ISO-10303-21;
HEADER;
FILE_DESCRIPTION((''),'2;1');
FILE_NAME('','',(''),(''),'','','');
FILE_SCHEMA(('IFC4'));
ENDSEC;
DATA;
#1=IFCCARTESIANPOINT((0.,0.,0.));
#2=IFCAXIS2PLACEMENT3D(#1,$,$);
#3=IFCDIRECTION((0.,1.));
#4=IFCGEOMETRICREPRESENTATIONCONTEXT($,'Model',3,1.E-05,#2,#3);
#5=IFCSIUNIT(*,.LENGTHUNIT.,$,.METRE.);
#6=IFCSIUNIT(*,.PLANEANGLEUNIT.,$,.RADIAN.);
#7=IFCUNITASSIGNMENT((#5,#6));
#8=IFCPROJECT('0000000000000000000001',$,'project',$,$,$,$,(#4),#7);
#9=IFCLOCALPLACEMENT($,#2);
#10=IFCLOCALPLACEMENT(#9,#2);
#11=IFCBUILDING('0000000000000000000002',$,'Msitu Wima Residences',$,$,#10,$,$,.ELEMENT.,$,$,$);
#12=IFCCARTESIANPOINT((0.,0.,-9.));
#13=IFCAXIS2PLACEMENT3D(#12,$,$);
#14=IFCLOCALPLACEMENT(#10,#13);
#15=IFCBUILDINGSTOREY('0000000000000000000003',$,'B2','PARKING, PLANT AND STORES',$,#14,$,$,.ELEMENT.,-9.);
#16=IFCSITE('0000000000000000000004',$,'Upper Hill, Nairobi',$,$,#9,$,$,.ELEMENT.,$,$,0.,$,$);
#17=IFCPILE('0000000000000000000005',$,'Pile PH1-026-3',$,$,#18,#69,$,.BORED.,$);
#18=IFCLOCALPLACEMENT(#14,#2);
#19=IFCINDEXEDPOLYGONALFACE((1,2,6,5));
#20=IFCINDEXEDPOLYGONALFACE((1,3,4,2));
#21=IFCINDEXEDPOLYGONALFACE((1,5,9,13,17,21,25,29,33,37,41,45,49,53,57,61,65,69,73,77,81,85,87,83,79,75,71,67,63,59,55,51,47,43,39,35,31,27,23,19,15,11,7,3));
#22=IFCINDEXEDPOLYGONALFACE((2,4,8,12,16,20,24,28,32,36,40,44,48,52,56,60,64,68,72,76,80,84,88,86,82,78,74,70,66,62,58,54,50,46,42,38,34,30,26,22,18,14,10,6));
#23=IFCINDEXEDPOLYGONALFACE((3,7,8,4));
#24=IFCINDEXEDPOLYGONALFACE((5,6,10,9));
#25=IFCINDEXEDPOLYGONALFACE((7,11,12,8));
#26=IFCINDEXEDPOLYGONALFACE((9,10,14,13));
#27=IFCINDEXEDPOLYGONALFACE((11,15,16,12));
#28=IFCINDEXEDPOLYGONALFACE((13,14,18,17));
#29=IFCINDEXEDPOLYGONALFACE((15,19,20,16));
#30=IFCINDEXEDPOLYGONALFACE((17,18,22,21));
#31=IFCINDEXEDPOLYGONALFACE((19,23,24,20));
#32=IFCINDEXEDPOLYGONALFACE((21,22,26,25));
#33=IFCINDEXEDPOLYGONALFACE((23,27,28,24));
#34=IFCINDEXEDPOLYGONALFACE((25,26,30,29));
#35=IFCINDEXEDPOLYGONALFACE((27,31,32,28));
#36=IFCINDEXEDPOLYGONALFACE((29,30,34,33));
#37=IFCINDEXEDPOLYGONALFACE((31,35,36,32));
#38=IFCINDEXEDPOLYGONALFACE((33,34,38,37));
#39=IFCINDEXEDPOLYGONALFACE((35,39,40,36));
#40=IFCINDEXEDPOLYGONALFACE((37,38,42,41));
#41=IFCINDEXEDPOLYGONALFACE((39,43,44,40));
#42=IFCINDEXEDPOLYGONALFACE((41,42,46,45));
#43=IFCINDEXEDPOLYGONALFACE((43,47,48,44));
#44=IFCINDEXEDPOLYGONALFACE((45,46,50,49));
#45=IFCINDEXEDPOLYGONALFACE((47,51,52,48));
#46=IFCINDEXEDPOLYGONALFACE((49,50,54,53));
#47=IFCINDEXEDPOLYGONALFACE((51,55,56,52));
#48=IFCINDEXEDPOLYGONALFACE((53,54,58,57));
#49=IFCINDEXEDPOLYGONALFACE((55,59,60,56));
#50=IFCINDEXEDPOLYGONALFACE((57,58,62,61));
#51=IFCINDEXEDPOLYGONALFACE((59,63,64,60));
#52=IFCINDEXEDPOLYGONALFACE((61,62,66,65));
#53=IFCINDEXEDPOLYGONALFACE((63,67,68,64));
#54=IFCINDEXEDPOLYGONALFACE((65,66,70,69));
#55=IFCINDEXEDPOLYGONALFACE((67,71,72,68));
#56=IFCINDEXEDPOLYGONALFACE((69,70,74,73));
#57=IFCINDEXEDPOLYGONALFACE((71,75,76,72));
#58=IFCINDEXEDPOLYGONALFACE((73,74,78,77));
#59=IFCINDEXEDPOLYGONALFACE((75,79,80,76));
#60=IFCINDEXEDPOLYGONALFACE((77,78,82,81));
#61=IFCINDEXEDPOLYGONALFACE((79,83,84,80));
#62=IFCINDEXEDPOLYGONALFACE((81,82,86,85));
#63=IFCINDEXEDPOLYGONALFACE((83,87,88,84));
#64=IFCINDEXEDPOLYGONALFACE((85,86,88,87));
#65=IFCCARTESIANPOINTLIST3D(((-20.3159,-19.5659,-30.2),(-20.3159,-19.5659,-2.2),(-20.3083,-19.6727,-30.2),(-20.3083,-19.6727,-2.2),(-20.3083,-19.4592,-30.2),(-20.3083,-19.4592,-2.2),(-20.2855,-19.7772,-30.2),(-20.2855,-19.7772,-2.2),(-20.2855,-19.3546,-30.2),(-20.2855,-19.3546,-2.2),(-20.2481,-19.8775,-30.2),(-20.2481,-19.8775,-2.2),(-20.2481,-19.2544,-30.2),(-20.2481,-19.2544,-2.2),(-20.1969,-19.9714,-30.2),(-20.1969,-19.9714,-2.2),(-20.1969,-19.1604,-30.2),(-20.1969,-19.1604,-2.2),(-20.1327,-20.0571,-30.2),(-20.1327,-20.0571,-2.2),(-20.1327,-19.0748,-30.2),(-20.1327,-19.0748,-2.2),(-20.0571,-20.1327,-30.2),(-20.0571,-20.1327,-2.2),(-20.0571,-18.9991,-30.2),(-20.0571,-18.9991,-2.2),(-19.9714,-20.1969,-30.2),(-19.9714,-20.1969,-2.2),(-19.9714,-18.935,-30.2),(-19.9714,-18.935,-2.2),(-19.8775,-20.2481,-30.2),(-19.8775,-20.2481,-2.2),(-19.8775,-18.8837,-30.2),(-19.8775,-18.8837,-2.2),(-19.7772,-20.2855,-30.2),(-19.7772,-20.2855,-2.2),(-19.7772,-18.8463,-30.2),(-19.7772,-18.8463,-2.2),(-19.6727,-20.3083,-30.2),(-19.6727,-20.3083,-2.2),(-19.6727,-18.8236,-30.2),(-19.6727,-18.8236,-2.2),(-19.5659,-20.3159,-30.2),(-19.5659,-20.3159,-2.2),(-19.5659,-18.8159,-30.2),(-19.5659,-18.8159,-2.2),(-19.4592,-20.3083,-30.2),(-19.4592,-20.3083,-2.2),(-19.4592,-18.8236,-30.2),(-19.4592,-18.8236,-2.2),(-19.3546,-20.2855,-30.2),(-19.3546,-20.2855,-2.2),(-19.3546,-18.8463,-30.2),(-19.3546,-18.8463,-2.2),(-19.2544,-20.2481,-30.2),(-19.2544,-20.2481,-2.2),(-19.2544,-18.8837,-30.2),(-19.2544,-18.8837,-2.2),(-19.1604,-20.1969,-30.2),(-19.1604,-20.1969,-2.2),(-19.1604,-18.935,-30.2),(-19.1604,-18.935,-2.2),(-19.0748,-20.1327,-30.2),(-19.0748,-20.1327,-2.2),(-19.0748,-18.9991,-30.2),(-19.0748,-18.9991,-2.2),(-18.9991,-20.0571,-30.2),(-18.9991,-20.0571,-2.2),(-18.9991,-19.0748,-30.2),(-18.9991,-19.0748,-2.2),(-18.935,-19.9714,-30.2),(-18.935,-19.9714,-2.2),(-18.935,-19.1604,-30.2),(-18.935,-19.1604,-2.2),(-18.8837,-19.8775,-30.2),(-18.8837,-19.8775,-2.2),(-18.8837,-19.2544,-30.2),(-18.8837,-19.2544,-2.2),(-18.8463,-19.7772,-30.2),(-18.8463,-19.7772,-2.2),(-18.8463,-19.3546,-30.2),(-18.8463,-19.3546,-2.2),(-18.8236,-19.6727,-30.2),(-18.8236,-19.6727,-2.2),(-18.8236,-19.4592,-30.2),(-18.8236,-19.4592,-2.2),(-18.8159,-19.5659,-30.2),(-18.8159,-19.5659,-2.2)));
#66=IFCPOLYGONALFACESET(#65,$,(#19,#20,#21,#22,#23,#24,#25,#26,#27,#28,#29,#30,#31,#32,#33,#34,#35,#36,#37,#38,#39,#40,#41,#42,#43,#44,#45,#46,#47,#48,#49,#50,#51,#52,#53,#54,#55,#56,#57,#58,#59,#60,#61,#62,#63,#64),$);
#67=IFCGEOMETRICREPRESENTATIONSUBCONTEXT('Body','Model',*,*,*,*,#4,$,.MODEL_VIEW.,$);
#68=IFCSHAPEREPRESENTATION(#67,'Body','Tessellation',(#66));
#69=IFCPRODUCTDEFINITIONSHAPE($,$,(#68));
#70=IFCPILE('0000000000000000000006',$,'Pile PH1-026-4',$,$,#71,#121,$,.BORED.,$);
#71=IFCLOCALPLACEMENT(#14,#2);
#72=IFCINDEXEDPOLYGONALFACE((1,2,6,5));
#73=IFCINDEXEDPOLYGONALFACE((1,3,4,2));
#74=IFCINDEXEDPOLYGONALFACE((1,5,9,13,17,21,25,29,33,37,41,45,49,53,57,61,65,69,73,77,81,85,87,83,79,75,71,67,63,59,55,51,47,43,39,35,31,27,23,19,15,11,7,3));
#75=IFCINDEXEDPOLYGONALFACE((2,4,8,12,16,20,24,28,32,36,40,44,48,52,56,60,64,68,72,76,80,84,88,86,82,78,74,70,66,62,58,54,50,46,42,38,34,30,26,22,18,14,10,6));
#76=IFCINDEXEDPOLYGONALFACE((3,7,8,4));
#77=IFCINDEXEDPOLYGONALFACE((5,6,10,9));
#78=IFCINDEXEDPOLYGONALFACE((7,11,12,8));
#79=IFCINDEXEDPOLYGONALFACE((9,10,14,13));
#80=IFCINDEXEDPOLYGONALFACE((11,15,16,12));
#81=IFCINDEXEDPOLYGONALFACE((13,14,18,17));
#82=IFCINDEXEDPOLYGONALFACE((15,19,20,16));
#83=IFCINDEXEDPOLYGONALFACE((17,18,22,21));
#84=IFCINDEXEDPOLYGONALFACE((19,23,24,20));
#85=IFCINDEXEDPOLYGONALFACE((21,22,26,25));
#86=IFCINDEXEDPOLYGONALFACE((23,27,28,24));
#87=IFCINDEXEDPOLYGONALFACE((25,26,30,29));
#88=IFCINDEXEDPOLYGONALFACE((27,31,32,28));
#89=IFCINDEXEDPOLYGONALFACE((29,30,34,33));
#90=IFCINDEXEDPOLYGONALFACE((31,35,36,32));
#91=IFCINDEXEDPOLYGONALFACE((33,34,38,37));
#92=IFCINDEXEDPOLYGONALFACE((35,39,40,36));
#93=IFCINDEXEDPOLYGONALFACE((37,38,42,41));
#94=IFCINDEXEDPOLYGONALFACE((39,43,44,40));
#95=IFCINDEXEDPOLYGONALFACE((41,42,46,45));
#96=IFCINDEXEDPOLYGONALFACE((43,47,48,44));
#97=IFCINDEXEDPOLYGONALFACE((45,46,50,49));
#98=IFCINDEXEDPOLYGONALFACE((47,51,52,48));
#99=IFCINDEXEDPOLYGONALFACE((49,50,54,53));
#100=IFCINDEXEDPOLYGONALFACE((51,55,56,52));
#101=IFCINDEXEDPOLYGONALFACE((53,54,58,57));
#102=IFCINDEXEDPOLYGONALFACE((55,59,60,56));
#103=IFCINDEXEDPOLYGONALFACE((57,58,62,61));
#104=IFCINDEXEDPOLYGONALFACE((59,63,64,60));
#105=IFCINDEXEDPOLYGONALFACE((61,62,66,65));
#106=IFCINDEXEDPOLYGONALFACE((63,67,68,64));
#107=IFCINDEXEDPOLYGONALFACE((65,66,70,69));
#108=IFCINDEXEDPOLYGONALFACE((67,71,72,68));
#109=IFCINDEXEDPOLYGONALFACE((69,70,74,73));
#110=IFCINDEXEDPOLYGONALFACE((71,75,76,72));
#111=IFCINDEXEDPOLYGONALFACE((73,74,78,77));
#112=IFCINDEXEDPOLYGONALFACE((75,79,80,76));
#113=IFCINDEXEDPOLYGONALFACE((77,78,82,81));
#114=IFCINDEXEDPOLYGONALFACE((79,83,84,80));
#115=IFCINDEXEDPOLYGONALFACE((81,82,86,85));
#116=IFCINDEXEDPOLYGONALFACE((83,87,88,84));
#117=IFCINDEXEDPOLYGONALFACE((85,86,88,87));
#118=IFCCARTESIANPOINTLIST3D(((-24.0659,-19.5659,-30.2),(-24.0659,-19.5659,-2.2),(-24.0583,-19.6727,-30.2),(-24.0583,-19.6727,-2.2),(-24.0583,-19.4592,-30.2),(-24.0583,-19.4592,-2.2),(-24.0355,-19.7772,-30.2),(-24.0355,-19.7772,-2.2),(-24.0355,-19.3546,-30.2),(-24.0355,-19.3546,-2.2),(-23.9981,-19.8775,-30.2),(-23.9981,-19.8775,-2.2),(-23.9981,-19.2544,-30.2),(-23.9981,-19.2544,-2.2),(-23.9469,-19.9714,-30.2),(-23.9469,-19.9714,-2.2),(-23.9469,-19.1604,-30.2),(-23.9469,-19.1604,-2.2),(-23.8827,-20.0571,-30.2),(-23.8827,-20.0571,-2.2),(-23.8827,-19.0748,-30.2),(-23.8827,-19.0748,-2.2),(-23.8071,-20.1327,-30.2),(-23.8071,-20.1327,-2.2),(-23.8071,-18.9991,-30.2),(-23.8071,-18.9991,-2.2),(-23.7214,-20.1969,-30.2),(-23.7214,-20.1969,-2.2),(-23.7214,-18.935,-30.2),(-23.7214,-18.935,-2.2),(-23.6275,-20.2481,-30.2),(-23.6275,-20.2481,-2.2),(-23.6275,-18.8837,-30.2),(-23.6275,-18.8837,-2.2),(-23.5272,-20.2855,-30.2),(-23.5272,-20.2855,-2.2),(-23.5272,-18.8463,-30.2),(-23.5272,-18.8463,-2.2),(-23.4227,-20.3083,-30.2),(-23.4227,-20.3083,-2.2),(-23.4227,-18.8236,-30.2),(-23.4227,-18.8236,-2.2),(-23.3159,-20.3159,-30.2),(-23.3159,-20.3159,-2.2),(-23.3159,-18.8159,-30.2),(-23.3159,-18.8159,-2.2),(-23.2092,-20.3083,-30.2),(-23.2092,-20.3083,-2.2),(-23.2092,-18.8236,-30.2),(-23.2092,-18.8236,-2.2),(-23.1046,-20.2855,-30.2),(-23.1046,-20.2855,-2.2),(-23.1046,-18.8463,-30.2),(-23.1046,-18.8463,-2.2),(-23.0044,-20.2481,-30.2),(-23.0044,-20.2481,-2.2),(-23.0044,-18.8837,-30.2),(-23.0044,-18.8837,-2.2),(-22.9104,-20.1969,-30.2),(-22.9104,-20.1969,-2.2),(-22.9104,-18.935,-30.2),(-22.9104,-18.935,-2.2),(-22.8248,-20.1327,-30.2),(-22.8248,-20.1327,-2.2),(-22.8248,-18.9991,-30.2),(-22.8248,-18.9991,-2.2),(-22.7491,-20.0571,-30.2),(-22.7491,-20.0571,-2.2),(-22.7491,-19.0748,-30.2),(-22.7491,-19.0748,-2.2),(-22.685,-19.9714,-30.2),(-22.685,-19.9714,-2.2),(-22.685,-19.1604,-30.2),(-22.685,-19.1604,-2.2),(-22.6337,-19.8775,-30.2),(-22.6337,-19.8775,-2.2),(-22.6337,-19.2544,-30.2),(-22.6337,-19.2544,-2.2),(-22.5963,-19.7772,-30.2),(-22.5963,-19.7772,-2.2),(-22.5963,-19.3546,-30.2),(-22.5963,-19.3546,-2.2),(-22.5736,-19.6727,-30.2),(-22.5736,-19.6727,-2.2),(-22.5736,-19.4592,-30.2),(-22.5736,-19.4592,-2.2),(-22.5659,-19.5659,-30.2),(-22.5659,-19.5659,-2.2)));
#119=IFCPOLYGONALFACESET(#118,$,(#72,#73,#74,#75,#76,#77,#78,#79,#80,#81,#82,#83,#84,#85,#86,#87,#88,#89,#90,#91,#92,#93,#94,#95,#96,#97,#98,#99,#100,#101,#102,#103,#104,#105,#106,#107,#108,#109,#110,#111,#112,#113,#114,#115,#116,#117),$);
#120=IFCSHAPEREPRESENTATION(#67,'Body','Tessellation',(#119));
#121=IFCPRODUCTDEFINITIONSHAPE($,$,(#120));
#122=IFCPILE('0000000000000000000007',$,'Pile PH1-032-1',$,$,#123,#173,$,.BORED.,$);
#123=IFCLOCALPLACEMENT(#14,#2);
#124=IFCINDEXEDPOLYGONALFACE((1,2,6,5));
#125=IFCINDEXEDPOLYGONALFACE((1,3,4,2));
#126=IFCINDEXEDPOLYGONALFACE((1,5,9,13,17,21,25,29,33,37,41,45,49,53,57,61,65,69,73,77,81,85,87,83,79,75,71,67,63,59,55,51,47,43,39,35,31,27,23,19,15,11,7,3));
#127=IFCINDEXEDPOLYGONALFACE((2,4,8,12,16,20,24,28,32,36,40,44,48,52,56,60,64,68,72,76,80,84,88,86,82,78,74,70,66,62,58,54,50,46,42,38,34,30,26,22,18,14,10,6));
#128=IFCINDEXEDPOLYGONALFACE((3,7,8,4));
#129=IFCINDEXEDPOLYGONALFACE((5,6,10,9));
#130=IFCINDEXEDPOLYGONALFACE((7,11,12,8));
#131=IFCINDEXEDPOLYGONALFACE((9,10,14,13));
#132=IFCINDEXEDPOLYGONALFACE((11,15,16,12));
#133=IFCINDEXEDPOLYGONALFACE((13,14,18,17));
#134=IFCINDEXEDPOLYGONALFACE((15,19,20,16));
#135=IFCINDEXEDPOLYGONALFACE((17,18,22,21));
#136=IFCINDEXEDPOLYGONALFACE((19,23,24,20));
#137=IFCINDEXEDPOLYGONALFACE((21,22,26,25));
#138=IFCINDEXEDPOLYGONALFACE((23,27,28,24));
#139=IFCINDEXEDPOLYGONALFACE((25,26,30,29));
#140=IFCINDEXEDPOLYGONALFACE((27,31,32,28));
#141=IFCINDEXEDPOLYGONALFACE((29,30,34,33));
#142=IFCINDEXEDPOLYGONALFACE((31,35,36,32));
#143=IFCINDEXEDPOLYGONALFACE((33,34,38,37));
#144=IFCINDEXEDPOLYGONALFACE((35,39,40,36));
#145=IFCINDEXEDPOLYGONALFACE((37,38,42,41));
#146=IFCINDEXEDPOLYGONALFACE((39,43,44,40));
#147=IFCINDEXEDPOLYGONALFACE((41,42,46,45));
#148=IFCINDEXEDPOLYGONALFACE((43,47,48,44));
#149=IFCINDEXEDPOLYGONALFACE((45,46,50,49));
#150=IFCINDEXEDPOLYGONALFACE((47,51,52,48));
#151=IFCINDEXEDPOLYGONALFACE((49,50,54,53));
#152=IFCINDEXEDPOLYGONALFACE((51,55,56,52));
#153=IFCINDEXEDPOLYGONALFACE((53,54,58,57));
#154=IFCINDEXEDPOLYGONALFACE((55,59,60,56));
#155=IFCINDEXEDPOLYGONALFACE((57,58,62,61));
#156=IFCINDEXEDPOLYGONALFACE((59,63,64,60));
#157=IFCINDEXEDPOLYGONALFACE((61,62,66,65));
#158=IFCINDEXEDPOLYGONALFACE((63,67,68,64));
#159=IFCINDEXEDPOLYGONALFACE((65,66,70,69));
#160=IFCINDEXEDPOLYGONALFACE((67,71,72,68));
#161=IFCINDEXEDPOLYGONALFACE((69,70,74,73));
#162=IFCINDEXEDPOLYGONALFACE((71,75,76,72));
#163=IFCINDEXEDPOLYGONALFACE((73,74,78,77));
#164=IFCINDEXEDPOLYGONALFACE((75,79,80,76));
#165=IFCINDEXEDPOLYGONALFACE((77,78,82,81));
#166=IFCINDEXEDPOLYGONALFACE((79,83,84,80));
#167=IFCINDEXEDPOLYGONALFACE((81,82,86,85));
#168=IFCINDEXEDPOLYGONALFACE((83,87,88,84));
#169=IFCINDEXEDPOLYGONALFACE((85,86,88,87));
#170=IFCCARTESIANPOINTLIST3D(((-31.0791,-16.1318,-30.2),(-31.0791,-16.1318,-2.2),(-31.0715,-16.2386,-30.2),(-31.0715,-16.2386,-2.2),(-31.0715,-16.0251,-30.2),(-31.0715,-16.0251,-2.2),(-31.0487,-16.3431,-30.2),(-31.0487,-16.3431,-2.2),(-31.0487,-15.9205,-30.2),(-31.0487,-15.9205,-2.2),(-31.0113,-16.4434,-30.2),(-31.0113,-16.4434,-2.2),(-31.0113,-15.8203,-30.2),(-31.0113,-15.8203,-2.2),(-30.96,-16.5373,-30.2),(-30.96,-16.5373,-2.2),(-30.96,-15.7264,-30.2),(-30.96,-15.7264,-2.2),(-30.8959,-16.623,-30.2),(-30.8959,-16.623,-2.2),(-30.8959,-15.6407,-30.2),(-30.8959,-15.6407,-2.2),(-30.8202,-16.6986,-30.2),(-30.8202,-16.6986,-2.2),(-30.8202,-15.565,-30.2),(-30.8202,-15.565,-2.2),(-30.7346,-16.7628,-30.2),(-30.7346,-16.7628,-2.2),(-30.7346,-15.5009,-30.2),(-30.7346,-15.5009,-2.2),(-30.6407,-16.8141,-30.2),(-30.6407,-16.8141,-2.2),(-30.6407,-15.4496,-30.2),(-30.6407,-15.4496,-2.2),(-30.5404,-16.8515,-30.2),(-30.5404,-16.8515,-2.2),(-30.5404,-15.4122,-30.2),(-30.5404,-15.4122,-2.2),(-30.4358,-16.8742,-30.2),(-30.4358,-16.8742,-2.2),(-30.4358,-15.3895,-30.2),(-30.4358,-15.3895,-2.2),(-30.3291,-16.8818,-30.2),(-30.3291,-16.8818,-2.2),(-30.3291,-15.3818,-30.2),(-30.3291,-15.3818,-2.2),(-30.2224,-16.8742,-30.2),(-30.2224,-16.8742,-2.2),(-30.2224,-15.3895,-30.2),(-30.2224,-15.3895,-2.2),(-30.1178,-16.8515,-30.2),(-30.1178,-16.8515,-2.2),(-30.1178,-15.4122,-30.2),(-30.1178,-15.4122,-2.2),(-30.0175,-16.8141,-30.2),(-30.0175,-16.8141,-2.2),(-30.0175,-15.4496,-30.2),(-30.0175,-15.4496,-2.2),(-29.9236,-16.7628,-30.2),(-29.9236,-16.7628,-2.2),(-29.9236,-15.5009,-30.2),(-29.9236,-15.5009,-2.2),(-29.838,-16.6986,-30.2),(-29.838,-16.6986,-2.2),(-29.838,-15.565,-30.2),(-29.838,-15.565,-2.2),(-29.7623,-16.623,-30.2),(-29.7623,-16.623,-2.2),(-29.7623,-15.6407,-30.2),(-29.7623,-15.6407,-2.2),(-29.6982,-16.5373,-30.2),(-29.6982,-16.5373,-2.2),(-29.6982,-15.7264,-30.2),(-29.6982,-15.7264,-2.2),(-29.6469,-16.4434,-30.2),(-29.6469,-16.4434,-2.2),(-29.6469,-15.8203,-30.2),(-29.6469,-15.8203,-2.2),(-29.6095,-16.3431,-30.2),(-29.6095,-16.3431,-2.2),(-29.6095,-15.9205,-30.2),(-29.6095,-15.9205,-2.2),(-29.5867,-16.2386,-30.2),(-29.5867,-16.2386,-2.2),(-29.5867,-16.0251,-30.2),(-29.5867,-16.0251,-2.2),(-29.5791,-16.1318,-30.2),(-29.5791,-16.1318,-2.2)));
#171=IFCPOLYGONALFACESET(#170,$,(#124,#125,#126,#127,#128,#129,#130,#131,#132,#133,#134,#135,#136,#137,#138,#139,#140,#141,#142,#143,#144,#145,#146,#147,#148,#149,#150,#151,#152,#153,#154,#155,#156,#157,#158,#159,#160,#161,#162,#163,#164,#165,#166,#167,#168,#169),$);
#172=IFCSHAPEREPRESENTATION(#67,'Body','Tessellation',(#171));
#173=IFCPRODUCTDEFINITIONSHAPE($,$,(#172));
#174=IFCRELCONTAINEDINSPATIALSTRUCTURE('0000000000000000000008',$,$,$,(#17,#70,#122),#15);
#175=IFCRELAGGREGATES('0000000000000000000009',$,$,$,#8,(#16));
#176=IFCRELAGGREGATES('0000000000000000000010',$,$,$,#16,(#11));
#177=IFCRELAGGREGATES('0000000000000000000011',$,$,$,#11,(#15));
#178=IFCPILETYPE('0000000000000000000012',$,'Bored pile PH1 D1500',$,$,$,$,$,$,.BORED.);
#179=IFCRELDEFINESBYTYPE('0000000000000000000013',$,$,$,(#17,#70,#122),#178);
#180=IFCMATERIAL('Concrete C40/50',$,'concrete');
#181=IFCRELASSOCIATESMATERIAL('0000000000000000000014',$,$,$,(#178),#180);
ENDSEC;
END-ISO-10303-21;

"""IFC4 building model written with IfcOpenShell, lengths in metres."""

from ifc_helpers import new_model, si_unit, direction, frame, origin, origin_2d, place, context, subcontext, project, spatial, circle, extrude, material, type_object, element, save


model = new_model("IFC4")

# Units and contexts
model_context = context("Model", 3, precision=1e-05, world=origin(), true_north=direction((0.0, 1.0)))
body_context = subcontext(model_context, "Body", "Model", "MODEL_VIEW")
ifc_project = project(units=[si_unit("LENGTHUNIT", "METRE"), si_unit("PLANEANGLEUNIT", "RADIAN")], contexts=[model_context])

# Site, building, storey
site_placement = place(None, origin())
site = spatial("IfcSite", under=ifc_project, at=site_placement, Name="Upper Hill, Nairobi", CompositionType="ELEMENT", RefElevation=0.0)
building_placement = place(site_placement, origin())
building = spatial("IfcBuilding", under=site, at=building_placement, Name="Msitu Wima Residences", CompositionType="ELEMENT")
storey_placement = place(building_placement, frame((0.0, 0.0, -9.0)))
storey = spatial("IfcBuildingStorey", under=building, at=storey_placement, Name="B2", Description="PARKING, PLANT AND STORES", CompositionType="ELEMENT", Elevation=-9.0)

# Piles
ifc_material_1 = material(Name="Concrete C40/50", Category="concrete")
pile_type_1 = type_object("IfcPileType", Name="Bored pile PH1 D1500", PredefinedType="BORED", material=ifc_material_1)
for number, where, z_axis, x_axis, name in (
    (1, (-19.5659, -19.5659, -2.2), (0.0, 0.0, -1.0), (1.0, 0.0, 0.0), "Pile PH1-026-3"),
    (2, (-23.3159, -19.5659, -2.2), (0.0, 0.0, -1.0), (1.0, 0.0, 0.0), "Pile PH1-026-4"),
    (3, (-30.3291, -16.1318, -2.2), (0.0, 0.0, -1.0), (1.0, 0.0, 0.0), "Pile PH1-032-1"),
):
    element("IfcPile", number, at=place(storey_placement, frame(where, z_axis=z_axis, x_axis=x_axis)), inside=storey, type_object=pile_type_1, Name=name, PredefinedType="BORED", context=body_context, shape_type="SweptSolid", body=[
        extrude(circle(Radius=0.75, at=origin_2d()), origin(), (0.0, 0.0, 1.0), 28.0),
    ])

save(model, "model.ifc")
